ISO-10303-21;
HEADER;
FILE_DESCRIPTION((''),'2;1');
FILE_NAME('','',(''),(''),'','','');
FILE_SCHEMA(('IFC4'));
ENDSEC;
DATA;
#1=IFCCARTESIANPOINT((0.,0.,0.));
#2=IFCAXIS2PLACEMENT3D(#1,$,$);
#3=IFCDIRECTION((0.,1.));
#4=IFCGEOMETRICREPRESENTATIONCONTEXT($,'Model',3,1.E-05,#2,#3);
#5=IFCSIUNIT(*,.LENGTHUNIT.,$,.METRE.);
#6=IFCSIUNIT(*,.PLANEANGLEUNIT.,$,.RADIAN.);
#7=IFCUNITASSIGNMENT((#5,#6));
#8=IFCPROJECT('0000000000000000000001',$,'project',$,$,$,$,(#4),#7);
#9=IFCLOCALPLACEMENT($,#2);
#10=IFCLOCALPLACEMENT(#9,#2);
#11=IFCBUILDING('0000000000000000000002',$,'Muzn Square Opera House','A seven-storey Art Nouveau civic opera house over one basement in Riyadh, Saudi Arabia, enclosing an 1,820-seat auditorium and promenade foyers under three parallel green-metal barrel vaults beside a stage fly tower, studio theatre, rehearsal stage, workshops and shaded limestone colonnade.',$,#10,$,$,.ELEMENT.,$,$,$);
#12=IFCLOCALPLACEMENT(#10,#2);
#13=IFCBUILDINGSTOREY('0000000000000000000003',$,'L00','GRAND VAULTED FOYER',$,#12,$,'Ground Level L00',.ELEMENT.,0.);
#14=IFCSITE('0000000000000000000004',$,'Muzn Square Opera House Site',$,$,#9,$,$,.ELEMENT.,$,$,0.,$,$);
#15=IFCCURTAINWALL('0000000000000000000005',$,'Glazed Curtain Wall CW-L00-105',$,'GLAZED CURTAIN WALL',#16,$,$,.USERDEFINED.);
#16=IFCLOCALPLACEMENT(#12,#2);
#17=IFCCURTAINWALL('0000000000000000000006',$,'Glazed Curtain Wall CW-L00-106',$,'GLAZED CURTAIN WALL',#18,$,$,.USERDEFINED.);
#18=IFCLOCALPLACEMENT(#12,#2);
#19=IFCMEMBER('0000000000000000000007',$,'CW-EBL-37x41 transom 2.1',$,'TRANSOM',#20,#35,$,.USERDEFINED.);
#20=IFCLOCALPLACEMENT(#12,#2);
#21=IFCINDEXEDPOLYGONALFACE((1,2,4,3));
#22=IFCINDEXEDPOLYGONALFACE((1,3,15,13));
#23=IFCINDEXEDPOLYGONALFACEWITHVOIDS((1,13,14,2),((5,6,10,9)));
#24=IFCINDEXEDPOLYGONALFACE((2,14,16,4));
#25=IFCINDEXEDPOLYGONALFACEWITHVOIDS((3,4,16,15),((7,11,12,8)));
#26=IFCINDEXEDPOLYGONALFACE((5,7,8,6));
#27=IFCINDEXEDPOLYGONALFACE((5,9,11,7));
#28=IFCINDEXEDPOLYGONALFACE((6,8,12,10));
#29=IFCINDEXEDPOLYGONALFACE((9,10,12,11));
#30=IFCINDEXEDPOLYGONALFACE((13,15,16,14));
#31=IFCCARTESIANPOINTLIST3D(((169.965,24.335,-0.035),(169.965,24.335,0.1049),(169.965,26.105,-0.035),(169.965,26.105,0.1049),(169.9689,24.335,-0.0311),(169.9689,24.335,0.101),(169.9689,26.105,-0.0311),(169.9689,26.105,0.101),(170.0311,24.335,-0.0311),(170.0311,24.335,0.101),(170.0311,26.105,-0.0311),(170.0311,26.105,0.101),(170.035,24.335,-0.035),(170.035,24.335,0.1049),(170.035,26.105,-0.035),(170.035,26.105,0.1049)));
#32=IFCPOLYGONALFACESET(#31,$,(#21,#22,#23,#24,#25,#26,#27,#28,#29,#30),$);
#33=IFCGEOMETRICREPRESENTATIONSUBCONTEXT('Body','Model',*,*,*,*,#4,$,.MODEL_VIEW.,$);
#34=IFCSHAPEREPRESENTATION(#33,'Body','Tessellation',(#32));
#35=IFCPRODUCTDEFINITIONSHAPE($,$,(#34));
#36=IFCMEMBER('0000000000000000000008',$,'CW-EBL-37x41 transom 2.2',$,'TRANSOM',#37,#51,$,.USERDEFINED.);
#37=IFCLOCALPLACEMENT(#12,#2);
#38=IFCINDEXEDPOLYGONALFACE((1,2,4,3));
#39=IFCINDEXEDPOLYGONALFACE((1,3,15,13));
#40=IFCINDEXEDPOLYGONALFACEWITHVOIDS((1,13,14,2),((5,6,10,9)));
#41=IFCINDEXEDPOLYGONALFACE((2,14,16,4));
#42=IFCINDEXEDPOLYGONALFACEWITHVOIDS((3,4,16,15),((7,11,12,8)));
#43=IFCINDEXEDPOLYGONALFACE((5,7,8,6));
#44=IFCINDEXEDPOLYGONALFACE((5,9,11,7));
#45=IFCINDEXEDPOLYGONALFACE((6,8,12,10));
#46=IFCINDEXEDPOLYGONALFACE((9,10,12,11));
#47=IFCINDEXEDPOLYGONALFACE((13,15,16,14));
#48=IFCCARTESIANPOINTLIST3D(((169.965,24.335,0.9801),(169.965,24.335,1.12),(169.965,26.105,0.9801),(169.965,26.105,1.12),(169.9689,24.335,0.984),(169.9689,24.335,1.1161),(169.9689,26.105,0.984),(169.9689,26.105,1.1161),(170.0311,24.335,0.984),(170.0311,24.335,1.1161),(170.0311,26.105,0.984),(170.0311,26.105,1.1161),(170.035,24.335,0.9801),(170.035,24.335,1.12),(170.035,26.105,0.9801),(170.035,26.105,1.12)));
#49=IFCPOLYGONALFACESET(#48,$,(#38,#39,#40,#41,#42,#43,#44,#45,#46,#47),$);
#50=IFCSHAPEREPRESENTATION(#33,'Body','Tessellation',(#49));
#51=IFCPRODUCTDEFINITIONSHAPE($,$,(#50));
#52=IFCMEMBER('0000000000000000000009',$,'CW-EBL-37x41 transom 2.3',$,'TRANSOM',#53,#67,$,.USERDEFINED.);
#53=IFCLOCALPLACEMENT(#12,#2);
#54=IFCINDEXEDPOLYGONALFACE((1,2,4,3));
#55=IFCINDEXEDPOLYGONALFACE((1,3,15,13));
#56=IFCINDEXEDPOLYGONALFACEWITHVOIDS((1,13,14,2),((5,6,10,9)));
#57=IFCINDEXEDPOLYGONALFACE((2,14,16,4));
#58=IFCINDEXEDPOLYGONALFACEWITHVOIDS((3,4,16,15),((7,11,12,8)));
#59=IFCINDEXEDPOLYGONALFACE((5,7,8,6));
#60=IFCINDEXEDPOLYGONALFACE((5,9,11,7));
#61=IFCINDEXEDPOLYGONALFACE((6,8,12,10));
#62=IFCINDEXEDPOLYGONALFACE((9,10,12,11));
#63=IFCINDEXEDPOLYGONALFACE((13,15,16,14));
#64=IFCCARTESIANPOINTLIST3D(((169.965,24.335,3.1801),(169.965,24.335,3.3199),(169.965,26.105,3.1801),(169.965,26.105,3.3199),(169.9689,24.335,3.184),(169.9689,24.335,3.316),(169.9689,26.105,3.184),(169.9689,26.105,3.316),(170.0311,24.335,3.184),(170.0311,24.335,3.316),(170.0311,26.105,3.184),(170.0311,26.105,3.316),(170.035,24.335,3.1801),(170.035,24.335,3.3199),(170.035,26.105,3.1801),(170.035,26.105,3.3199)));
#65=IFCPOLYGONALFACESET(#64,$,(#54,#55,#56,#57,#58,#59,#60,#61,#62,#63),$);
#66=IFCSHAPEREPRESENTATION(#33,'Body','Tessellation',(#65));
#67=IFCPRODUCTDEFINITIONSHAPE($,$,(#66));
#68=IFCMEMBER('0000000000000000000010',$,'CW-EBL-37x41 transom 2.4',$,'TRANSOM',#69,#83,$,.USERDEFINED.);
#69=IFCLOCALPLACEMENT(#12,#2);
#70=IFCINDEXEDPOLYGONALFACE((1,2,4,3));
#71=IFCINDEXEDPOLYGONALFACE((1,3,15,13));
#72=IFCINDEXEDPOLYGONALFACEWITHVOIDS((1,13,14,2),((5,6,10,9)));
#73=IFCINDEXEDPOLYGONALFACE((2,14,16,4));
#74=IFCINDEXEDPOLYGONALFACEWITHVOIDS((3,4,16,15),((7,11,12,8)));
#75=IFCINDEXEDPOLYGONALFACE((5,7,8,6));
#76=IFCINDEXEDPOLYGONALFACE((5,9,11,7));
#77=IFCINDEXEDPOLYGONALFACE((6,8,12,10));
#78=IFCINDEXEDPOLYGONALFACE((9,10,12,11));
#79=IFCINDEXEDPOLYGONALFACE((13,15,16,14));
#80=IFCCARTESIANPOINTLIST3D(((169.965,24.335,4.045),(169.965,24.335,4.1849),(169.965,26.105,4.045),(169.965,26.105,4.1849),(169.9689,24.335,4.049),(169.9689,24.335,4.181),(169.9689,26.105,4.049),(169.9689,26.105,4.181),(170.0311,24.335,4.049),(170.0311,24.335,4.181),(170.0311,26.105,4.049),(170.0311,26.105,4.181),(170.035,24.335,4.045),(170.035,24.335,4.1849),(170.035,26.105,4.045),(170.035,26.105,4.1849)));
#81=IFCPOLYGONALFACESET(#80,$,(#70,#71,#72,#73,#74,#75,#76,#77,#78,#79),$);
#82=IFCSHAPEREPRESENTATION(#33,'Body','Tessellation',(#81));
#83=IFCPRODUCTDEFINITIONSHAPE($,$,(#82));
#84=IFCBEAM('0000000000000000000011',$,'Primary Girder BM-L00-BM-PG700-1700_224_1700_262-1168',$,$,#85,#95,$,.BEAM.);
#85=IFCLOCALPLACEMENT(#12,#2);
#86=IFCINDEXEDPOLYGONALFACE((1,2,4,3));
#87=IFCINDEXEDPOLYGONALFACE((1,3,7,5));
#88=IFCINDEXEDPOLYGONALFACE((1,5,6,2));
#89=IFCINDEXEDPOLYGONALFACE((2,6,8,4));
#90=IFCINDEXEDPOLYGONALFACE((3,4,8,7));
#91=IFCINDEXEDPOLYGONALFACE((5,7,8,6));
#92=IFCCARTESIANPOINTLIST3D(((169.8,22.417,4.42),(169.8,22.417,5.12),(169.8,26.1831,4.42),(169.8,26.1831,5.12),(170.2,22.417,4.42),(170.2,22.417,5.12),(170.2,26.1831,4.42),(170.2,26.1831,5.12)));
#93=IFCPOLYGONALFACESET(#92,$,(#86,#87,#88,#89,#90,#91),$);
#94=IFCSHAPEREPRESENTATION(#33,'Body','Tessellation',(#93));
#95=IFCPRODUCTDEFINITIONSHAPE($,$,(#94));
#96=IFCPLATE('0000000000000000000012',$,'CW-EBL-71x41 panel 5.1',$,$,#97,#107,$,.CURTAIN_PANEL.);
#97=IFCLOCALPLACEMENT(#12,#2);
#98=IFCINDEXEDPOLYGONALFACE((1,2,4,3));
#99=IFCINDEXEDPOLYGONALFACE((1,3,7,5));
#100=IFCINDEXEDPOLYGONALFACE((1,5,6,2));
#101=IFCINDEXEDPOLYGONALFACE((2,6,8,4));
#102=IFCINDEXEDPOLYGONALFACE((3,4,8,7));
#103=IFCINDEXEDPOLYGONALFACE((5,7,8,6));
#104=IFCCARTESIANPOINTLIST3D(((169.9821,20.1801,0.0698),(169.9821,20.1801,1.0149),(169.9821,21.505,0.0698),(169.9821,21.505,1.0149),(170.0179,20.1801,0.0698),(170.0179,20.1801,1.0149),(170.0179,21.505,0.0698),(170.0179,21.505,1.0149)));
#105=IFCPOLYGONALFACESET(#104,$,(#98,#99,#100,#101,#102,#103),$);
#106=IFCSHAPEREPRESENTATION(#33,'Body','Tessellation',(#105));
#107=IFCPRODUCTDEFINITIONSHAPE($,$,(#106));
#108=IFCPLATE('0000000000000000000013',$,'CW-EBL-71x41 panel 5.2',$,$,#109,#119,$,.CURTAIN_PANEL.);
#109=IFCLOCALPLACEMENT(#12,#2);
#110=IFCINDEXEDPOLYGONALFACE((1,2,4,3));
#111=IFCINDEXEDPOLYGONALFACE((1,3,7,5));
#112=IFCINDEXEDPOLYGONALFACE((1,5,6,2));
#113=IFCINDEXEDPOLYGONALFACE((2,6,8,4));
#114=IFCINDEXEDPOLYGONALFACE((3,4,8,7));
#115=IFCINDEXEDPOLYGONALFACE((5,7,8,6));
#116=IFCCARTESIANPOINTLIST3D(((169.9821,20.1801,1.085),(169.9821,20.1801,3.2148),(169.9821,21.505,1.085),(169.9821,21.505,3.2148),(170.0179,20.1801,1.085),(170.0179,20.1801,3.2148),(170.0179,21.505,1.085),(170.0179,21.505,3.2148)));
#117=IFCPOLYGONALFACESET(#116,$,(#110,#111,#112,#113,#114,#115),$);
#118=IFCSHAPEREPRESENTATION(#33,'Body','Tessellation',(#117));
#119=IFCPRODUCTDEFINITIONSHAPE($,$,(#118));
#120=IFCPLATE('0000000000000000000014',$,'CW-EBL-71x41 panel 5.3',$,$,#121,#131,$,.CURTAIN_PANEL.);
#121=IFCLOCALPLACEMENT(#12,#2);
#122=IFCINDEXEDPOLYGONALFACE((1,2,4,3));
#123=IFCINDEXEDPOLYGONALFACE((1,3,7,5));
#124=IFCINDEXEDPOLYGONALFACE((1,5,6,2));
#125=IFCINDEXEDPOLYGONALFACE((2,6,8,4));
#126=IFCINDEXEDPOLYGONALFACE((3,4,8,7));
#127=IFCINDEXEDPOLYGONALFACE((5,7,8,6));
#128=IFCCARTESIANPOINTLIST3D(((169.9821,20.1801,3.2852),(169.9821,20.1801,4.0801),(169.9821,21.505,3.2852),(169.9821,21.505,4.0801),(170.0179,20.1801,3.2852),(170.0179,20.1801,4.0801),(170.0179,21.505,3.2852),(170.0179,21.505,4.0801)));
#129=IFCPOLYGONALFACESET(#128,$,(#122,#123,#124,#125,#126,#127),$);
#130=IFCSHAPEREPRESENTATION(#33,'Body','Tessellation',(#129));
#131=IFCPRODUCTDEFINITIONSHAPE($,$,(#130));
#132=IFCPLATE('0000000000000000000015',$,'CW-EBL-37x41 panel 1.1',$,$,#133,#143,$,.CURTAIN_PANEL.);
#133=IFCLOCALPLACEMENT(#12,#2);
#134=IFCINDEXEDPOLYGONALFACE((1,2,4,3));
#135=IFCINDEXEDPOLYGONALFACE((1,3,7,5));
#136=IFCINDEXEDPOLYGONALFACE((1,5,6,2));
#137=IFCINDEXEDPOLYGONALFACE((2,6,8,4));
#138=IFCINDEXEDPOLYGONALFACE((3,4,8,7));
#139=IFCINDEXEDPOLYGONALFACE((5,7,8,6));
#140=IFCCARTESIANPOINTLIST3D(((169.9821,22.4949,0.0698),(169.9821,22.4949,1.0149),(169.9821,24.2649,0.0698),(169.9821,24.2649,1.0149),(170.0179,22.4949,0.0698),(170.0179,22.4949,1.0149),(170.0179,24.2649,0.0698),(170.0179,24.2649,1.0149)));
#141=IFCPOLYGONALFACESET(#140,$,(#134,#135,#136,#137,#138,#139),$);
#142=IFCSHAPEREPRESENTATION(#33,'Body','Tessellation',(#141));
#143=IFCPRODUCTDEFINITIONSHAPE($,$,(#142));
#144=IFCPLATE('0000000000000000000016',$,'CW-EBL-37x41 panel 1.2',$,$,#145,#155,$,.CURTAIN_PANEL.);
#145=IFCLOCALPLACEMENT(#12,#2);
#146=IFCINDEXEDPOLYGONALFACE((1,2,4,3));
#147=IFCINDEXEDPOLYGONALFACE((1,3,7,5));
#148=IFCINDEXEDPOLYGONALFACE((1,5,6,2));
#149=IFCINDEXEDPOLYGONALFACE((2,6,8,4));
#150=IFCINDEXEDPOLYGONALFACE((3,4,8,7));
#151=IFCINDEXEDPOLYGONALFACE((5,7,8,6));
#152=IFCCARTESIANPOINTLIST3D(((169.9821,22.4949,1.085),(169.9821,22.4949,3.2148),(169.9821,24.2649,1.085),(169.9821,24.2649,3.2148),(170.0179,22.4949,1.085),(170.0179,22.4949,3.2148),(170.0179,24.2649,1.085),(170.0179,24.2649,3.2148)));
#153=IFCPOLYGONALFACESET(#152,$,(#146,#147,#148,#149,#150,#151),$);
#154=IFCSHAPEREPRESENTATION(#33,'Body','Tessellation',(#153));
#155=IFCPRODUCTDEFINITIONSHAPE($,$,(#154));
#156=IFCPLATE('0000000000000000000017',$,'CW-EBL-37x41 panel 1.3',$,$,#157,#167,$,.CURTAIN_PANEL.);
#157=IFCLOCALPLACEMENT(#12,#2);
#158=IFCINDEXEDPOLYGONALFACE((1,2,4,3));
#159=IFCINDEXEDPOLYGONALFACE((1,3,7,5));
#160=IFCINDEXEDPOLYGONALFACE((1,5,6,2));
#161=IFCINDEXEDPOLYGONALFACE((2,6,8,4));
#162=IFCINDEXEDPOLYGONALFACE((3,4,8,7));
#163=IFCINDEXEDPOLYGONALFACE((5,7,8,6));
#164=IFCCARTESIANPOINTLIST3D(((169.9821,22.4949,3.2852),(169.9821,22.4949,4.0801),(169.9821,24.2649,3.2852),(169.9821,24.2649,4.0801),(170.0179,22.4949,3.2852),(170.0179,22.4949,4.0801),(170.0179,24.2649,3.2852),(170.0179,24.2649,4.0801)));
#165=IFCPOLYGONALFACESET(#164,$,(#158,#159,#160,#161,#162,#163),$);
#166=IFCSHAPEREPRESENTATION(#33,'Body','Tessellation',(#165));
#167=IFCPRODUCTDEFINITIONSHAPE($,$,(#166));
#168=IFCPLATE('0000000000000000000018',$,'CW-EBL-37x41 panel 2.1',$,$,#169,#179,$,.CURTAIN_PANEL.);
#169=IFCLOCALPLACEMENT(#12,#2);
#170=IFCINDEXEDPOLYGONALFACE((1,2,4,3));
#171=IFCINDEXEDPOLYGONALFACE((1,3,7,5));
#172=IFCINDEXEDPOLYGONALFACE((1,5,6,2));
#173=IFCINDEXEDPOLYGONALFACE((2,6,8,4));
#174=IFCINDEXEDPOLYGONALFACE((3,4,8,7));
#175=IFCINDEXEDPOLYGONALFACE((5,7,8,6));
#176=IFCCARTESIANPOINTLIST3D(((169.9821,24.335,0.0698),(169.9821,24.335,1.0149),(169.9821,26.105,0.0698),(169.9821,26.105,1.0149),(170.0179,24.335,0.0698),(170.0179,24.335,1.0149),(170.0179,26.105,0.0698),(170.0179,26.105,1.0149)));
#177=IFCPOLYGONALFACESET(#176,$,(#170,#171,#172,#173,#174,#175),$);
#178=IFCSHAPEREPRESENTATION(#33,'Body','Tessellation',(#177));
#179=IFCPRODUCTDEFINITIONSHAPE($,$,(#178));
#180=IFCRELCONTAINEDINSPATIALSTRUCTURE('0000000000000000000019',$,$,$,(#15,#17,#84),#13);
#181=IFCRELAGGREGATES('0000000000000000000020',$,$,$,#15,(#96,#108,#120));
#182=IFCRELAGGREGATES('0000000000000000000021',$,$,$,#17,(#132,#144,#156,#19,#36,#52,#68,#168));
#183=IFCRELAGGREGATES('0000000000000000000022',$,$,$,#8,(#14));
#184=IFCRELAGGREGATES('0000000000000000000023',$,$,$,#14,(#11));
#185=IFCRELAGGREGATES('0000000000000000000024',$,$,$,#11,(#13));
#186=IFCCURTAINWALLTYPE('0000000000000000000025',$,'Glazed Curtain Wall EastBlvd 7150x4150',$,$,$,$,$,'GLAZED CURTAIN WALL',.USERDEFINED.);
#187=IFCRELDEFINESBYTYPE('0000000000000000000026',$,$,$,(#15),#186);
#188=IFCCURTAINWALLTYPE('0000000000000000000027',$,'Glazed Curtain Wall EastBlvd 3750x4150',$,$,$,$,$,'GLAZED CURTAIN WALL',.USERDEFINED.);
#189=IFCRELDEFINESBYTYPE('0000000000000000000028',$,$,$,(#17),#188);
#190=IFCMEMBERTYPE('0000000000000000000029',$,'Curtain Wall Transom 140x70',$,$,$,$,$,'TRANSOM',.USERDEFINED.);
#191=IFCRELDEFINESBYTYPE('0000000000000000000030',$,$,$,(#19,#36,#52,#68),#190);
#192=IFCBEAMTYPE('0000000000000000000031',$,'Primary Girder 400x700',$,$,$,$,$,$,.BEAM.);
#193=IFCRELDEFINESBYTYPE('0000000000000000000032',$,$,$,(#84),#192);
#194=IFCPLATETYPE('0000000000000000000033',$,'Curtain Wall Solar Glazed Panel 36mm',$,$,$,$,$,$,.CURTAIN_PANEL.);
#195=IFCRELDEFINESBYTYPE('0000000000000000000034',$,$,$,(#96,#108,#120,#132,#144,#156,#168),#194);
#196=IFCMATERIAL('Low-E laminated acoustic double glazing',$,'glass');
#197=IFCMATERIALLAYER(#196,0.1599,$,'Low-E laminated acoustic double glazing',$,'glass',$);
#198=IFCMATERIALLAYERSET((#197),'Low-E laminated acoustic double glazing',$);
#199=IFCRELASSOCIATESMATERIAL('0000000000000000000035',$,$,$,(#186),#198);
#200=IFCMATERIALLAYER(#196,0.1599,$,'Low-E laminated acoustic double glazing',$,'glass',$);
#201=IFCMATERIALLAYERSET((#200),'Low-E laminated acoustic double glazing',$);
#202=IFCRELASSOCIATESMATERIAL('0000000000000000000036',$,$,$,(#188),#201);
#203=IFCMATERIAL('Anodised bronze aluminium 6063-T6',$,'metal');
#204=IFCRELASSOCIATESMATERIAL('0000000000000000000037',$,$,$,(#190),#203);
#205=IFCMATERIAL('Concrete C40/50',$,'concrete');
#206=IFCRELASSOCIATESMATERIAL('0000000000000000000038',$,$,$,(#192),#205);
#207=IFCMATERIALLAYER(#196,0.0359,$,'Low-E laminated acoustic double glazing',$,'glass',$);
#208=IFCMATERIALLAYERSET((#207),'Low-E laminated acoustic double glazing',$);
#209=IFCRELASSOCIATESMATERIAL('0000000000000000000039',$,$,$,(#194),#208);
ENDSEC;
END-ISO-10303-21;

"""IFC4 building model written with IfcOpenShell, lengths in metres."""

from ifc_helpers import new_model, si_unit, direction, frame, origin, origin_2d, place, context, subcontext, project, spatial, rectangle, hollow_rectangle, extrude, material, layer, layer_set, material_profile, profile_set, type_object, element, aggregate, save


model = new_model("IFC4")

# Units and contexts
model_context = context("Model", 3, precision=1e-05, world=origin(), true_north=direction((0.0, 1.0)))
body_context = subcontext(model_context, "Body", "Model", "MODEL_VIEW")
ifc_project = project(units=[si_unit("LENGTHUNIT", "METRE"), si_unit("PLANEANGLEUNIT", "RADIAN")], contexts=[model_context])

# Site, building, storey
site_placement = place(None, origin())
site = spatial("IfcSite", under=ifc_project, at=site_placement, Name="Muzn Square Opera House Site", CompositionType="ELEMENT", RefElevation=0.0)
building_placement = place(site_placement, origin())
building = spatial("IfcBuilding", under=site, at=building_placement, Name="Muzn Square Opera House", Description="A seven-storey Art Nouveau civic opera house over one basement in Riyadh, Saudi Arabia, enclosing an 1,820-seat auditorium and promenade foyers under three parallel green-metal barrel vaults beside a stage fly tower, studio theatre, rehearsal stage, workshops and shaded limestone colonnade.", CompositionType="ELEMENT")
storey_placement = place(building_placement, origin())
storey = spatial("IfcBuildingStorey", under=building, at=storey_placement, Name="L00", Description="GRAND VAULTED FOYER", LongName="Ground Level L00", CompositionType="ELEMENT", Elevation=0.0)

# Curtain wall
ifc_material_1 = material(Name="Low-E laminated acoustic double glazing", Category="glass")
ifc_layer_1 = layer(ifc_material_1, 0.1599, Name="Low-E laminated acoustic double glazing", Category="glass")
ifc_layer_set_1 = layer_set([ifc_layer_1], Name="Low-E laminated acoustic double glazing")
curtain_wall_type_1 = type_object("IfcCurtainWallType", Name="Glazed Curtain Wall EastBlvd 7150x4150", ElementType="GLAZED CURTAIN WALL", PredefinedType="USERDEFINED", material=ifc_layer_set_1)
curtain_wall_1_placement = place(storey_placement, origin())
curtain_wall_1 = element("IfcCurtainWall", 1, at=curtain_wall_1_placement, inside=storey, type_object=curtain_wall_type_1, Name="Glazed Curtain Wall CW-L00-105", ObjectType="GLAZED CURTAIN WALL", PredefinedType="USERDEFINED")
ifc_material_2 = material(Name="Anodised bronze aluminium 6063-T6", Category="metal")

# Curtain wall, members
ifc_layer_2 = layer(ifc_material_1, 0.1599, Name="Low-E laminated acoustic double glazing", Category="glass")
ifc_layer_set_2 = layer_set([ifc_layer_2], Name="Low-E laminated acoustic double glazing")
curtain_wall_type_2 = type_object("IfcCurtainWallType", Name="Glazed Curtain Wall EastBlvd 3750x4150", ElementType="GLAZED CURTAIN WALL", PredefinedType="USERDEFINED", material=ifc_layer_set_2)
curtain_wall_2_placement = place(storey_placement, origin())
curtain_wall_2 = element("IfcCurtainWall", 2, at=curtain_wall_2_placement, inside=storey, type_object=curtain_wall_type_2, Name="Glazed Curtain Wall CW-L00-106", ObjectType="GLAZED CURTAIN WALL", PredefinedType="USERDEFINED")
ifc_material_profile_1 = material_profile(ifc_material_2, hollow_rectangle(XDim=0.0701, YDim=0.1399, WallThickness=0.0039, at=origin_2d()), Name="ALU 140x70x4", Category="metal")
ifc_profile_set_1 = profile_set([ifc_material_profile_1], Name="Anodised bronze aluminium 6063-T6")
member_type_1 = type_object("IfcMemberType", Name="Curtain Wall Transom 140x70", ElementType="TRANSOM", PredefinedType="USERDEFINED", material=ifc_profile_set_1)
member_1_placement = place(storey_placement, frame((170.0, 24.335, 0.0349), z_axis=(0.0, 1.0, 0.0), x_axis=(-1.0, 0.0, 0.0)))
member_1 = element("IfcMember", 3, at=member_1_placement, type_object=member_type_1, Name="CW-EBL-37x41 transom 2.1", ObjectType="TRANSOM", PredefinedType="USERDEFINED", context=body_context, shape_type="SweptSolid", body=[
    extrude(hollow_rectangle(XDim=0.0701, YDim=0.1399, WallThickness=0.0039, at=origin_2d()), origin(), (0.0, 0.0, 1.0), 1.77),
])
member_2_placement = place(storey_placement, frame((170.0, 24.335, 1.05), z_axis=(0.0, 1.0, 0.0), x_axis=(-1.0, 0.0, 0.0)))
member_2 = element("IfcMember", 4, at=member_2_placement, type_object=member_type_1, Name="CW-EBL-37x41 transom 2.2", ObjectType="TRANSOM", PredefinedType="USERDEFINED", context=body_context, shape_type="SweptSolid", body=[
    extrude(hollow_rectangle(XDim=0.0701, YDim=0.1399, WallThickness=0.0039, at=origin_2d()), origin(), (0.0, 0.0, 1.0), 1.77),
])
member_3_placement = place(storey_placement, frame((170.0, 24.335, 3.25), z_axis=(0.0, 1.0, 0.0), x_axis=(-1.0, 0.0, 0.0)))
member_3 = element("IfcMember", 5, at=member_3_placement, type_object=member_type_1, Name="CW-EBL-37x41 transom 2.3", ObjectType="TRANSOM", PredefinedType="USERDEFINED", context=body_context, shape_type="SweptSolid", body=[
    extrude(hollow_rectangle(XDim=0.0701, YDim=0.1399, WallThickness=0.0039, at=origin_2d()), origin(), (0.0, 0.0, 1.0), 1.77),
])
member_4_placement = place(storey_placement, frame((170.0, 24.335, 4.115), z_axis=(0.0, 1.0, 0.0), x_axis=(-1.0, 0.0, 0.0)))
member_4 = element("IfcMember", 6, at=member_4_placement, type_object=member_type_1, Name="CW-EBL-37x41 transom 2.4", ObjectType="TRANSOM", PredefinedType="USERDEFINED", context=body_context, shape_type="SweptSolid", body=[
    extrude(hollow_rectangle(XDim=0.0701, YDim=0.1399, WallThickness=0.0039, at=origin_2d()), origin(), (0.0, 0.0, 1.0), 1.77),
])

# Beam
ifc_material_3 = material(Name="Concrete C40/50", Category="concrete")
ifc_material_profile_2 = material_profile(ifc_material_3, rectangle(XDim=0.3999, YDim=0.7, at=origin_2d()), Name="RCB 400x700", Category="concrete")
ifc_profile_set_2 = profile_set([ifc_material_profile_2], Name="Concrete C40/50")
beam_type = type_object("IfcBeamType", Name="Primary Girder 400x700", PredefinedType="BEAM", material=ifc_profile_set_2)
beam_placement = place(storey_placement, frame((170.0, 22.417, 4.77), z_axis=(0.0, 1.0, 0.0), x_axis=(-1.0, 0.0, 0.0)))
element("IfcBeam", 7, at=beam_placement, inside=storey, type_object=beam_type, Name="Primary Girder BM-L00-BM-PG700-1700_224_1700_262-1168", PredefinedType="BEAM", context=body_context, shape_type="SweptSolid", body=[
    extrude(rectangle(XDim=0.3999, YDim=0.7, at=origin_2d()), origin(), (0.0, 0.0, 1.0), 3.7661),
])

# Plates
ifc_layer_3 = layer(ifc_material_1, 0.0359, Name="Low-E laminated acoustic double glazing", Category="glass")
ifc_layer_set_3 = layer_set([ifc_layer_3], Name="Low-E laminated acoustic double glazing")
plate_type = type_object("IfcPlateType", Name="Curtain Wall Solar Glazed Panel 36mm", PredefinedType="CURTAIN_PANEL", material=ifc_layer_set_3)
plate_1_placement = place(storey_placement, frame((170.0, 20.8425, 0.0698), z_axis=(0.0, 0.0, 1.0), x_axis=(0.0, 1.0, 0.0)))
plate_1 = element("IfcPlate", 8, at=plate_1_placement, type_object=plate_type, Name="CW-EBL-71x41 panel 5.1", PredefinedType="CURTAIN_PANEL", context=body_context, shape_type="SweptSolid", body=[
    extrude(rectangle(XDim=1.325, YDim=0.0359, at=origin_2d()), origin(), (0.0, 0.0, 1.0), 0.9451),
])
plate_2_placement = place(storey_placement, frame((170.0, 20.8425, 1.085), z_axis=(0.0, 0.0, 1.0), x_axis=(0.0, 1.0, 0.0)))
plate_2 = element("IfcPlate", 9, at=plate_2_placement, type_object=plate_type, Name="CW-EBL-71x41 panel 5.2", PredefinedType="CURTAIN_PANEL", context=body_context, shape_type="SweptSolid", body=[
    extrude(rectangle(XDim=1.325, YDim=0.0359, at=origin_2d()), origin(), (0.0, 0.0, 1.0), 2.1299),
])
plate_3_placement = place(storey_placement, frame((170.0, 20.8425, 3.2852), z_axis=(0.0, 0.0, 1.0), x_axis=(0.0, 1.0, 0.0)))
plate_3 = element("IfcPlate", 10, at=plate_3_placement, type_object=plate_type, Name="CW-EBL-71x41 panel 5.3", PredefinedType="CURTAIN_PANEL", context=body_context, shape_type="SweptSolid", body=[
    extrude(rectangle(XDim=1.325, YDim=0.0359, at=origin_2d()), origin(), (0.0, 0.0, 1.0), 0.7949),
])
aggregate(curtain_wall_1, [plate_1, plate_2, plate_3])
plate_4_placement = place(storey_placement, frame((170.0, 23.3799, 0.0698), z_axis=(0.0, 0.0, 1.0), x_axis=(0.0, 1.0, 0.0)))
plate_4 = element("IfcPlate", 11, at=plate_4_placement, type_object=plate_type, Name="CW-EBL-37x41 panel 1.1", PredefinedType="CURTAIN_PANEL", context=body_context, shape_type="SweptSolid", body=[
    extrude(rectangle(XDim=1.77, YDim=0.0359, at=origin_2d()), origin(), (0.0, 0.0, 1.0), 0.9451),
])
plate_5_placement = place(storey_placement, frame((170.0, 23.3799, 1.085), z_axis=(0.0, 0.0, 1.0), x_axis=(0.0, 1.0, 0.0)))
plate_5 = element("IfcPlate", 12, at=plate_5_placement, type_object=plate_type, Name="CW-EBL-37x41 panel 1.2", PredefinedType="CURTAIN_PANEL", context=body_context, shape_type="SweptSolid", body=[
    extrude(rectangle(XDim=1.77, YDim=0.0359, at=origin_2d()), origin(), (0.0, 0.0, 1.0), 2.1299),
])
plate_6_placement = place(storey_placement, frame((170.0, 23.3799, 3.2852), z_axis=(0.0, 0.0, 1.0), x_axis=(0.0, 1.0, 0.0)))
plate_6 = element("IfcPlate", 13, at=plate_6_placement, type_object=plate_type, Name="CW-EBL-37x41 panel 1.3", PredefinedType="CURTAIN_PANEL", context=body_context, shape_type="SweptSolid", body=[
    extrude(rectangle(XDim=1.77, YDim=0.0359, at=origin_2d()), origin(), (0.0, 0.0, 1.0), 0.7949),
])
plate_7_placement = place(storey_placement, frame((170.0, 25.22, 0.0698), z_axis=(0.0, 0.0, 1.0), x_axis=(0.0, 1.0, 0.0)))
plate_7 = element("IfcPlate", 14, at=plate_7_placement, type_object=plate_type, Name="CW-EBL-37x41 panel 2.1", PredefinedType="CURTAIN_PANEL", context=body_context, shape_type="SweptSolid", body=[
    extrude(rectangle(XDim=1.77, YDim=0.0359, at=origin_2d()), origin(), (0.0, 0.0, 1.0), 0.9451),
])
aggregate(curtain_wall_2, [plate_4, plate_5, plate_6, member_1, member_2, member_3, member_4, plate_7])

save(model, "model.ifc")
